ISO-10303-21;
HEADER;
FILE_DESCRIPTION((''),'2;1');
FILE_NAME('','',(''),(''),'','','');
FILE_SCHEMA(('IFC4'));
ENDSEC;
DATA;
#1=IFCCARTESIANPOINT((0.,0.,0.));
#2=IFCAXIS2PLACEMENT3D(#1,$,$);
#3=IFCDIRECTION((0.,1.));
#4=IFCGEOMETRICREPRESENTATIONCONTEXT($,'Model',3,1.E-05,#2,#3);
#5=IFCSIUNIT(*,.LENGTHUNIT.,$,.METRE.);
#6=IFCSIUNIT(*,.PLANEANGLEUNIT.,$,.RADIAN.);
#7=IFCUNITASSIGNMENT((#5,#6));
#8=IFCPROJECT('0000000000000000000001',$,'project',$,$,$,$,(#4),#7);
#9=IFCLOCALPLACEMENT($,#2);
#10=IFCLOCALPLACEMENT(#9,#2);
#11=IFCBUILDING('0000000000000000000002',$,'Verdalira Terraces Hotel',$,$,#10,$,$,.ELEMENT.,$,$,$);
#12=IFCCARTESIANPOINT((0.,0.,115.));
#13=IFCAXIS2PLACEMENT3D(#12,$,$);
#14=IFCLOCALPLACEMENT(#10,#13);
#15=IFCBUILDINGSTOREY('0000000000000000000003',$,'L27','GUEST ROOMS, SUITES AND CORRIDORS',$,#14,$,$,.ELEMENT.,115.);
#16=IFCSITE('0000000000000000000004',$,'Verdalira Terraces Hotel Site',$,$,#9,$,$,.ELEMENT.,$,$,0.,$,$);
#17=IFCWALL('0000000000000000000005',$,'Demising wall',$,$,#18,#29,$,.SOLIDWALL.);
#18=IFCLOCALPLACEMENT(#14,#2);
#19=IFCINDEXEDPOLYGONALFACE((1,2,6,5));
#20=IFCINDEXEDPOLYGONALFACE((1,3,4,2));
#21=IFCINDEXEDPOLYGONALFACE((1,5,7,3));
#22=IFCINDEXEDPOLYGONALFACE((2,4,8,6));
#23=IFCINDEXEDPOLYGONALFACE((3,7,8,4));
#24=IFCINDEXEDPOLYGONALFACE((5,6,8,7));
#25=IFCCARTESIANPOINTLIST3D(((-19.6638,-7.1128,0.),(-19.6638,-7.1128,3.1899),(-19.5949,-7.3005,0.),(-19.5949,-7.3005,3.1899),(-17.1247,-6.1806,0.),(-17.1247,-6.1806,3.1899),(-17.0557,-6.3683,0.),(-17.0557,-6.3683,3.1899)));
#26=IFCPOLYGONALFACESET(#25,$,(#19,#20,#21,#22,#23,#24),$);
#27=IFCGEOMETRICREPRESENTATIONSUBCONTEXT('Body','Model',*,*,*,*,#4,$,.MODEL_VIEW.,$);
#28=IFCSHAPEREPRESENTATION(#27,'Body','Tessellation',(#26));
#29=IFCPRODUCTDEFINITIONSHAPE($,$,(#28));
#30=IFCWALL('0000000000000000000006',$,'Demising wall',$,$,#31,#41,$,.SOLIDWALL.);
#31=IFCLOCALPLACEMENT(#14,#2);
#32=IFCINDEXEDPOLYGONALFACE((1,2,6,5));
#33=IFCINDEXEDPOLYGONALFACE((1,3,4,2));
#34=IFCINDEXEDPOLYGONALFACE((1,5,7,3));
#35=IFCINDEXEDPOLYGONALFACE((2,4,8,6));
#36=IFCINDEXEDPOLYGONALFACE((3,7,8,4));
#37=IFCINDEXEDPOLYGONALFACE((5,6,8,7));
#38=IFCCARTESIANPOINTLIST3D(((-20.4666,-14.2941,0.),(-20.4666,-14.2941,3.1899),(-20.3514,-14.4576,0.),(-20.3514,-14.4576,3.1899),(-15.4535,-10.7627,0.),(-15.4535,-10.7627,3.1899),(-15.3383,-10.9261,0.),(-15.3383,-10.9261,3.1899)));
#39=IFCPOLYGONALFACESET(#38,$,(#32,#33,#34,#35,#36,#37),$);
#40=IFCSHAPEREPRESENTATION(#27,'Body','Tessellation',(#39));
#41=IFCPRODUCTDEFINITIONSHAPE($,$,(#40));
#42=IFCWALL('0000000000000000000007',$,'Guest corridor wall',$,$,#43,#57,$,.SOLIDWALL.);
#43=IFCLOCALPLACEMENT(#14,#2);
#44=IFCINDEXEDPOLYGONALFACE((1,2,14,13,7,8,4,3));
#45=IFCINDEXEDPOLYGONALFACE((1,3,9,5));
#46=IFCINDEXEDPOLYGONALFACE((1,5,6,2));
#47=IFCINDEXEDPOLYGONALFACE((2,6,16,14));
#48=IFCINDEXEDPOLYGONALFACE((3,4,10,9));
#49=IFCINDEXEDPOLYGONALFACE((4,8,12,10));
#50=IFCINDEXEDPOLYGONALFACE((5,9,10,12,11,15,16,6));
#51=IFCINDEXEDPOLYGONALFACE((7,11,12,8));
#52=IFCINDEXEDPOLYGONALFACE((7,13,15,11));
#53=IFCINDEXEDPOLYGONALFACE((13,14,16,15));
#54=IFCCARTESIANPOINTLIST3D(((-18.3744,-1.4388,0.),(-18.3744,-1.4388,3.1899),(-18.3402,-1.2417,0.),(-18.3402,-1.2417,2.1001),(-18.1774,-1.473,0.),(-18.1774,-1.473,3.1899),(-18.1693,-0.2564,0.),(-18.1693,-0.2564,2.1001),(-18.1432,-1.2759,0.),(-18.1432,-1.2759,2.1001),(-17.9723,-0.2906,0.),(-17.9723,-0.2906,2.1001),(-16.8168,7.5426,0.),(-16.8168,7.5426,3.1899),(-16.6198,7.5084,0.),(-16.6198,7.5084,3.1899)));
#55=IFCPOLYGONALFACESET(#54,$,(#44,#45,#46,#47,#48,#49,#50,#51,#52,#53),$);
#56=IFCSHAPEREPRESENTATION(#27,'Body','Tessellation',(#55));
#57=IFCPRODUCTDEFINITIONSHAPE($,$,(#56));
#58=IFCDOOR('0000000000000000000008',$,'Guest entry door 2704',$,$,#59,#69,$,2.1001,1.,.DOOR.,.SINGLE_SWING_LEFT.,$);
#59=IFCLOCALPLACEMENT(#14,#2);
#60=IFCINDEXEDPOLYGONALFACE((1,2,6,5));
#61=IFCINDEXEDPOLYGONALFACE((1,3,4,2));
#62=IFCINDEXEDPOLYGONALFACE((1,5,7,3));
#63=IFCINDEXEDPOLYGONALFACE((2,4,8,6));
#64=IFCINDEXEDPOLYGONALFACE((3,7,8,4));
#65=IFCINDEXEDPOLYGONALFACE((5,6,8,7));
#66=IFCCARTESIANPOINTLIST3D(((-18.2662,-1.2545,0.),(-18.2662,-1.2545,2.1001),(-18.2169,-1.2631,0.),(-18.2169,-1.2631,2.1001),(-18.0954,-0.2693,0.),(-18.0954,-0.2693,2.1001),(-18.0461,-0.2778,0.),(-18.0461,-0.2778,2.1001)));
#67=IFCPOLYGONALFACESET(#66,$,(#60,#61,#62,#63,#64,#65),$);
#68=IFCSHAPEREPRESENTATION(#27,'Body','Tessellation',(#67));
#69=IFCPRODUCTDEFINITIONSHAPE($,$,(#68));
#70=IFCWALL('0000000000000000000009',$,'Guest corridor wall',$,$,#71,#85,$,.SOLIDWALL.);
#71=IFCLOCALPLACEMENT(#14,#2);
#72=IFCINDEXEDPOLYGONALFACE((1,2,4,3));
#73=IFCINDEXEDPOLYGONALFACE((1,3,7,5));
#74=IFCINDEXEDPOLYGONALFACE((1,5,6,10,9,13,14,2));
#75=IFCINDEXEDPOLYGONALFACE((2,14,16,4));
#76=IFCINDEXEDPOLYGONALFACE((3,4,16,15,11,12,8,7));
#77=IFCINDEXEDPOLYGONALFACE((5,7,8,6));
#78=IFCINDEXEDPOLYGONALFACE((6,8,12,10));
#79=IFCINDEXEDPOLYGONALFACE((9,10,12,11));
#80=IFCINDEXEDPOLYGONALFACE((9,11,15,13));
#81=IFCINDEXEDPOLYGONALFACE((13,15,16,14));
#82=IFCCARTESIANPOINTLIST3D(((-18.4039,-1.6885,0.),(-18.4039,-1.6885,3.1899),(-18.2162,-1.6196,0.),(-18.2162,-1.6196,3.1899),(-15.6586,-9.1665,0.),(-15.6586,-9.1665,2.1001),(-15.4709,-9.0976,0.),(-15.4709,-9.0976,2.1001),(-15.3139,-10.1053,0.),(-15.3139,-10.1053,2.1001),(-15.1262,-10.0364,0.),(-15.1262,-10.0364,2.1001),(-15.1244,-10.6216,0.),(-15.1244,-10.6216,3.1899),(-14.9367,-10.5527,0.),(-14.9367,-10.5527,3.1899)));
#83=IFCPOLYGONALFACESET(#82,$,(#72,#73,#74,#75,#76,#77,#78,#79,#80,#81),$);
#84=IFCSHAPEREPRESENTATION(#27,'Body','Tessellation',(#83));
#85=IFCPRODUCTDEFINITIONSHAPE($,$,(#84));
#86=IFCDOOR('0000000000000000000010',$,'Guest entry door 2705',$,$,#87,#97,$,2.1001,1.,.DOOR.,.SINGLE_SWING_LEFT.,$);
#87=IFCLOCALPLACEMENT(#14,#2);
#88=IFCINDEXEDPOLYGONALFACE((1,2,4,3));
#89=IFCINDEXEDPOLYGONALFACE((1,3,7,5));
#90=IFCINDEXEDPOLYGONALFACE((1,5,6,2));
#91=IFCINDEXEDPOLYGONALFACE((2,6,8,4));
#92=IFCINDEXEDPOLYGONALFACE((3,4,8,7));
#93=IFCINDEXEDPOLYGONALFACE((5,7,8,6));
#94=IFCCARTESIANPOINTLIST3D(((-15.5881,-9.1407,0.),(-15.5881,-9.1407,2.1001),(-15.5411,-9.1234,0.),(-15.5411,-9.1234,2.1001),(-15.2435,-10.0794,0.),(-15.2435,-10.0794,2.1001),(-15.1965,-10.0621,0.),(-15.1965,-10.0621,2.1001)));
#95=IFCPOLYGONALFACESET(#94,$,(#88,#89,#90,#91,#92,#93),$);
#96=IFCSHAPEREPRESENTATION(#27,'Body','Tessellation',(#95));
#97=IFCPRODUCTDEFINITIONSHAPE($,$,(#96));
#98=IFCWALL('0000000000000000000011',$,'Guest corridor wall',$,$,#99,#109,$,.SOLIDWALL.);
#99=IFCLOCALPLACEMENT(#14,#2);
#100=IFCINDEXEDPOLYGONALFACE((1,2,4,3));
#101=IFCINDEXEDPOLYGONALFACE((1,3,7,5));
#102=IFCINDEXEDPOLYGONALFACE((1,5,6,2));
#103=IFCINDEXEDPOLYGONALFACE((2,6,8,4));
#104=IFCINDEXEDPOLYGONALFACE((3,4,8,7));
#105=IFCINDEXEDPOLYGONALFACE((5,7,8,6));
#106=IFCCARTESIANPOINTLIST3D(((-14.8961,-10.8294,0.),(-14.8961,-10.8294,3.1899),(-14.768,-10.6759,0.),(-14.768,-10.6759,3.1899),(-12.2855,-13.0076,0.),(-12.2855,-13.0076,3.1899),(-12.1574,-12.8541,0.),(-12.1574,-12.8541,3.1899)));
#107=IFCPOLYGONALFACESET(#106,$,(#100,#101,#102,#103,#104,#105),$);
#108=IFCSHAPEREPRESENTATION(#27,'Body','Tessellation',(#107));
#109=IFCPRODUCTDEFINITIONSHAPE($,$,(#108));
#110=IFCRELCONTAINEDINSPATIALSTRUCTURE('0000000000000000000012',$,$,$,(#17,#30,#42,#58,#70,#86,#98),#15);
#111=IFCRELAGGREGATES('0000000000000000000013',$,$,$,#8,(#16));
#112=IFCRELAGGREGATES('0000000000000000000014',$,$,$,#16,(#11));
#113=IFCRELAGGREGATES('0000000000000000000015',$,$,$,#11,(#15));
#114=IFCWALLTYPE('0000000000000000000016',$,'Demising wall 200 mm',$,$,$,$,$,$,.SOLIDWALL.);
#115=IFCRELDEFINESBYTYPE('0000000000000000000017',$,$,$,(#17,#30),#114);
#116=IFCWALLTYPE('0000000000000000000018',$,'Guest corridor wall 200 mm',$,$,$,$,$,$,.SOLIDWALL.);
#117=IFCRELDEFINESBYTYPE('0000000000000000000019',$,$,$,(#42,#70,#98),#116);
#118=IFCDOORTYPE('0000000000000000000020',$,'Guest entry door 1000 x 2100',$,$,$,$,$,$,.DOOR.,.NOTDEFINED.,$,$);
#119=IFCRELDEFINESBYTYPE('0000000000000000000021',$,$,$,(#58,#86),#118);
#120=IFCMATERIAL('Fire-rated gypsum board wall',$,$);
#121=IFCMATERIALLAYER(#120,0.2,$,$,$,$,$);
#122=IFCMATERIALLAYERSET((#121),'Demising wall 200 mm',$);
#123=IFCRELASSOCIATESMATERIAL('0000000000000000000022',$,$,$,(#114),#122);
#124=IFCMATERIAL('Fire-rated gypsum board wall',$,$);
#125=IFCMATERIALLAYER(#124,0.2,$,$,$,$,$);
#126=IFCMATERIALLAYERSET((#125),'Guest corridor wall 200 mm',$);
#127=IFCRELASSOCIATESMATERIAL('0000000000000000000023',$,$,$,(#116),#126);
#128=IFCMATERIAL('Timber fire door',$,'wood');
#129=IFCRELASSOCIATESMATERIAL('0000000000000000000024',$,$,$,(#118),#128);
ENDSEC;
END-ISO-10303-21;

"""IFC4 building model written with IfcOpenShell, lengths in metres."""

from ifc_helpers import new_model, si_unit, direction, frame, frame_2d, origin, place, context, subcontext, project, spatial, rectangle, extrude, material, layer, layer_set, type_object, element, fill, save


model = new_model("IFC4")

# Units and contexts
model_context = context("Model", 3, precision=1e-05, world=origin(), true_north=direction((0.0, 1.0)))
body_context = subcontext(model_context, "Body", "Model", "MODEL_VIEW")
ifc_project = project(units=[si_unit("LENGTHUNIT", "METRE"), si_unit("PLANEANGLEUNIT", "RADIAN")], contexts=[model_context])

# Site, building, storey
site_placement = place(None, origin())
site = spatial("IfcSite", under=ifc_project, at=site_placement, Name="Verdalira Terraces Hotel Site", CompositionType="ELEMENT", RefElevation=0.0)
building_placement = place(site_placement, origin())
building = spatial("IfcBuilding", under=site, at=building_placement, Name="Verdalira Terraces Hotel", CompositionType="ELEMENT")
storey_placement = place(building_placement, frame((0.0, 0.0, 115.0)))
storey = spatial("IfcBuildingStorey", under=building, at=storey_placement, Name="L27", Description="GUEST ROOMS, SUITES AND CORRIDORS", CompositionType="ELEMENT", Elevation=115.0)

# Walls
ifc_material_1 = material(Name="Fire-rated gypsum board wall")
ifc_layer_1 = layer(ifc_material_1, 0.2)
ifc_layer_set_1 = layer_set([ifc_layer_1], Name="Demising wall 200 mm")
wall_type_1 = type_object("IfcWallType", Name="Demising wall 200 mm", PredefinedType="SOLIDWALL", material=ifc_layer_set_1)
wall_1_placement = place(storey_placement, frame((-17.0901, -6.2744, 0.0), z_axis=(0.0, 0.0, 1.0), x_axis=(-0.93874, -0.344626, 0.0)))
element("IfcWall", 1, at=wall_1_placement, inside=storey, type_object=wall_type_1, Name="Demising wall", PredefinedType="SOLIDWALL", context=body_context, shape_type="SweptSolid", body=[
    extrude(rectangle(XDim=2.7048, YDim=0.2, at=frame_2d((1.3525, 0.0))), origin(), (0.0, 0.0, 1.0), 3.1899),
])
wall_2_placement = place(storey_placement, frame((-15.396, -10.8445, 0.0), z_axis=(0.0, 0.0, 1.0), x_axis=(-0.817522, -0.575897, 0.0)))
element("IfcWall", 2, at=wall_2_placement, inside=storey, type_object=wall_type_1, Name="Demising wall", PredefinedType="SOLIDWALL", context=body_context, shape_type="SweptSolid", body=[
    extrude(rectangle(XDim=6.1321, YDim=0.2, at=frame_2d((3.0659, 0.0))), origin(), (0.0, 0.0, 1.0), 3.1899),
])

# Walls, openings, doors
ifc_material_2 = material(Name="Fire-rated gypsum board wall")
ifc_layer_2 = layer(ifc_material_2, 0.2)
ifc_layer_set_2 = layer_set([ifc_layer_2], Name="Guest corridor wall 200 mm")
wall_type_2 = type_object("IfcWallType", Name="Guest corridor wall 200 mm", PredefinedType="SOLIDWALL", material=ifc_layer_set_2)
wall_3_placement = place(storey_placement, frame((-18.2759, -1.4558, 0.0), z_axis=(0.0, 0.0, 1.0), x_axis=(0.170875, 0.985293, 0.0)))
wall_3 = element("IfcWall", 3, at=wall_3_placement, inside=storey, type_object=wall_type_2, Name="Guest corridor wall", PredefinedType="SOLIDWALL", context=body_context, shape_type="SweptSolid", body=[
    extrude(rectangle(XDim=9.1155, YDim=0.2, at=frame_2d((4.5576, 0.0))), origin(), (0.0, 0.0, 1.0), 3.1899),
])
opening_1_placement = place(wall_3_placement, frame((0.2, 0.0, 0.0)))
opening_1 = element("IfcOpeningElement", 4, at=opening_1_placement, cuts=wall_3, PredefinedType="OPENING", context=body_context, shape_type="SweptSolid", body=[
    extrude(rectangle(XDim=1.0, YDim=2.1001, at=frame_2d((0.5, 1.05))), frame((0.0, 0.1099, 0.0), z_axis=(0.0, -1.0, 0.0), x_axis=(1.0, 0.0, 0.0)), (0.0, 0.0, 1.0), 0.22),
])
ifc_material_3 = material(Name="Timber fire door", Category="wood")
door_type_1 = type_object("IfcDoorType", Name="Guest entry door 1000 x 2100", OperationType="NOTDEFINED", PredefinedType="DOOR", material=ifc_material_3)
door_1_placement = place(opening_1_placement, origin())
door_1 = element("IfcDoor", 5, at=door_1_placement, inside=storey, type_object=door_type_1, Name="Guest entry door 2704", OperationType="SINGLE_SWING_LEFT", OverallHeight=2.1001, OverallWidth=1.0, PredefinedType="DOOR", context=body_context, shape_type="SweptSolid", body=[
    extrude(rectangle(XDim=1.0, YDim=2.1001, at=frame_2d((0.5, 1.05))), frame((0.0, 0.0249, 0.0), z_axis=(0.0, -1.0, 0.0), x_axis=(1.0, 0.0, 0.0)), (0.0, 0.0, 1.0), 0.05),
])
fill(opening_1, door_1)
wall_4_placement = place(storey_placement, frame((-15.0305, -10.5872, 0.0), z_axis=(0.0, 0.0, 1.0), x_axis=(-0.344632, 0.938738, 0.0)))
wall_4 = element("IfcWall", 6, at=wall_4_placement, inside=storey, type_object=wall_type_2, Name="Guest corridor wall", PredefinedType="SOLIDWALL", context=body_context, shape_type="SweptSolid", body=[
    extrude(rectangle(XDim=9.5161, YDim=0.2, at=frame_2d((4.7581, 0.0))), origin(), (0.0, 0.0, 1.0), 3.1899),
])
opening_2_placement = place(wall_4_placement, frame((0.55, 0.0, 0.0)))
opening_2 = element("IfcOpeningElement", 7, at=opening_2_placement, cuts=wall_4, PredefinedType="OPENING", context=body_context, shape_type="SweptSolid", body=[
    extrude(rectangle(XDim=1.0, YDim=2.1001, at=frame_2d((0.5, 1.05))), frame((0.0, 0.1099, 0.0), z_axis=(0.0, -1.0, 0.0), x_axis=(1.0, 0.0, 0.0)), (0.0, 0.0, 1.0), 0.22),
])
door_2_placement = place(opening_2_placement, origin())
door_2 = element("IfcDoor", 8, at=door_2_placement, inside=storey, type_object=door_type_1, Name="Guest entry door 2705", OperationType="SINGLE_SWING_LEFT", OverallHeight=2.1001, OverallWidth=1.0, PredefinedType="DOOR", context=body_context, shape_type="SweptSolid", body=[
    extrude(rectangle(XDim=1.0, YDim=2.1001, at=frame_2d((0.5, 1.05))), frame((0.0, 0.0249, 0.0), z_axis=(0.0, -1.0, 0.0), x_axis=(1.0, 0.0, 0.0)), (0.0, 0.0, 1.0), 0.05),
])
fill(opening_2, door_2)

# Wall
wall_5_placement = place(storey_placement, frame((-14.832, -10.7527, 0.0), z_axis=(0.0, 0.0, 1.0), x_axis=(0.767827, -0.640657, 0.0)))
element("IfcWall", 9, at=wall_5_placement, inside=storey, type_object=wall_type_2, Name="Guest corridor wall", PredefinedType="SOLIDWALL", context=body_context, shape_type="SweptSolid", body=[
    extrude(rectangle(XDim=3.3999, YDim=0.2, at=frame_2d((1.7, 0.0))), origin(), (0.0, 0.0, 1.0), 3.1899),
])

save(model, "model.ifc")
